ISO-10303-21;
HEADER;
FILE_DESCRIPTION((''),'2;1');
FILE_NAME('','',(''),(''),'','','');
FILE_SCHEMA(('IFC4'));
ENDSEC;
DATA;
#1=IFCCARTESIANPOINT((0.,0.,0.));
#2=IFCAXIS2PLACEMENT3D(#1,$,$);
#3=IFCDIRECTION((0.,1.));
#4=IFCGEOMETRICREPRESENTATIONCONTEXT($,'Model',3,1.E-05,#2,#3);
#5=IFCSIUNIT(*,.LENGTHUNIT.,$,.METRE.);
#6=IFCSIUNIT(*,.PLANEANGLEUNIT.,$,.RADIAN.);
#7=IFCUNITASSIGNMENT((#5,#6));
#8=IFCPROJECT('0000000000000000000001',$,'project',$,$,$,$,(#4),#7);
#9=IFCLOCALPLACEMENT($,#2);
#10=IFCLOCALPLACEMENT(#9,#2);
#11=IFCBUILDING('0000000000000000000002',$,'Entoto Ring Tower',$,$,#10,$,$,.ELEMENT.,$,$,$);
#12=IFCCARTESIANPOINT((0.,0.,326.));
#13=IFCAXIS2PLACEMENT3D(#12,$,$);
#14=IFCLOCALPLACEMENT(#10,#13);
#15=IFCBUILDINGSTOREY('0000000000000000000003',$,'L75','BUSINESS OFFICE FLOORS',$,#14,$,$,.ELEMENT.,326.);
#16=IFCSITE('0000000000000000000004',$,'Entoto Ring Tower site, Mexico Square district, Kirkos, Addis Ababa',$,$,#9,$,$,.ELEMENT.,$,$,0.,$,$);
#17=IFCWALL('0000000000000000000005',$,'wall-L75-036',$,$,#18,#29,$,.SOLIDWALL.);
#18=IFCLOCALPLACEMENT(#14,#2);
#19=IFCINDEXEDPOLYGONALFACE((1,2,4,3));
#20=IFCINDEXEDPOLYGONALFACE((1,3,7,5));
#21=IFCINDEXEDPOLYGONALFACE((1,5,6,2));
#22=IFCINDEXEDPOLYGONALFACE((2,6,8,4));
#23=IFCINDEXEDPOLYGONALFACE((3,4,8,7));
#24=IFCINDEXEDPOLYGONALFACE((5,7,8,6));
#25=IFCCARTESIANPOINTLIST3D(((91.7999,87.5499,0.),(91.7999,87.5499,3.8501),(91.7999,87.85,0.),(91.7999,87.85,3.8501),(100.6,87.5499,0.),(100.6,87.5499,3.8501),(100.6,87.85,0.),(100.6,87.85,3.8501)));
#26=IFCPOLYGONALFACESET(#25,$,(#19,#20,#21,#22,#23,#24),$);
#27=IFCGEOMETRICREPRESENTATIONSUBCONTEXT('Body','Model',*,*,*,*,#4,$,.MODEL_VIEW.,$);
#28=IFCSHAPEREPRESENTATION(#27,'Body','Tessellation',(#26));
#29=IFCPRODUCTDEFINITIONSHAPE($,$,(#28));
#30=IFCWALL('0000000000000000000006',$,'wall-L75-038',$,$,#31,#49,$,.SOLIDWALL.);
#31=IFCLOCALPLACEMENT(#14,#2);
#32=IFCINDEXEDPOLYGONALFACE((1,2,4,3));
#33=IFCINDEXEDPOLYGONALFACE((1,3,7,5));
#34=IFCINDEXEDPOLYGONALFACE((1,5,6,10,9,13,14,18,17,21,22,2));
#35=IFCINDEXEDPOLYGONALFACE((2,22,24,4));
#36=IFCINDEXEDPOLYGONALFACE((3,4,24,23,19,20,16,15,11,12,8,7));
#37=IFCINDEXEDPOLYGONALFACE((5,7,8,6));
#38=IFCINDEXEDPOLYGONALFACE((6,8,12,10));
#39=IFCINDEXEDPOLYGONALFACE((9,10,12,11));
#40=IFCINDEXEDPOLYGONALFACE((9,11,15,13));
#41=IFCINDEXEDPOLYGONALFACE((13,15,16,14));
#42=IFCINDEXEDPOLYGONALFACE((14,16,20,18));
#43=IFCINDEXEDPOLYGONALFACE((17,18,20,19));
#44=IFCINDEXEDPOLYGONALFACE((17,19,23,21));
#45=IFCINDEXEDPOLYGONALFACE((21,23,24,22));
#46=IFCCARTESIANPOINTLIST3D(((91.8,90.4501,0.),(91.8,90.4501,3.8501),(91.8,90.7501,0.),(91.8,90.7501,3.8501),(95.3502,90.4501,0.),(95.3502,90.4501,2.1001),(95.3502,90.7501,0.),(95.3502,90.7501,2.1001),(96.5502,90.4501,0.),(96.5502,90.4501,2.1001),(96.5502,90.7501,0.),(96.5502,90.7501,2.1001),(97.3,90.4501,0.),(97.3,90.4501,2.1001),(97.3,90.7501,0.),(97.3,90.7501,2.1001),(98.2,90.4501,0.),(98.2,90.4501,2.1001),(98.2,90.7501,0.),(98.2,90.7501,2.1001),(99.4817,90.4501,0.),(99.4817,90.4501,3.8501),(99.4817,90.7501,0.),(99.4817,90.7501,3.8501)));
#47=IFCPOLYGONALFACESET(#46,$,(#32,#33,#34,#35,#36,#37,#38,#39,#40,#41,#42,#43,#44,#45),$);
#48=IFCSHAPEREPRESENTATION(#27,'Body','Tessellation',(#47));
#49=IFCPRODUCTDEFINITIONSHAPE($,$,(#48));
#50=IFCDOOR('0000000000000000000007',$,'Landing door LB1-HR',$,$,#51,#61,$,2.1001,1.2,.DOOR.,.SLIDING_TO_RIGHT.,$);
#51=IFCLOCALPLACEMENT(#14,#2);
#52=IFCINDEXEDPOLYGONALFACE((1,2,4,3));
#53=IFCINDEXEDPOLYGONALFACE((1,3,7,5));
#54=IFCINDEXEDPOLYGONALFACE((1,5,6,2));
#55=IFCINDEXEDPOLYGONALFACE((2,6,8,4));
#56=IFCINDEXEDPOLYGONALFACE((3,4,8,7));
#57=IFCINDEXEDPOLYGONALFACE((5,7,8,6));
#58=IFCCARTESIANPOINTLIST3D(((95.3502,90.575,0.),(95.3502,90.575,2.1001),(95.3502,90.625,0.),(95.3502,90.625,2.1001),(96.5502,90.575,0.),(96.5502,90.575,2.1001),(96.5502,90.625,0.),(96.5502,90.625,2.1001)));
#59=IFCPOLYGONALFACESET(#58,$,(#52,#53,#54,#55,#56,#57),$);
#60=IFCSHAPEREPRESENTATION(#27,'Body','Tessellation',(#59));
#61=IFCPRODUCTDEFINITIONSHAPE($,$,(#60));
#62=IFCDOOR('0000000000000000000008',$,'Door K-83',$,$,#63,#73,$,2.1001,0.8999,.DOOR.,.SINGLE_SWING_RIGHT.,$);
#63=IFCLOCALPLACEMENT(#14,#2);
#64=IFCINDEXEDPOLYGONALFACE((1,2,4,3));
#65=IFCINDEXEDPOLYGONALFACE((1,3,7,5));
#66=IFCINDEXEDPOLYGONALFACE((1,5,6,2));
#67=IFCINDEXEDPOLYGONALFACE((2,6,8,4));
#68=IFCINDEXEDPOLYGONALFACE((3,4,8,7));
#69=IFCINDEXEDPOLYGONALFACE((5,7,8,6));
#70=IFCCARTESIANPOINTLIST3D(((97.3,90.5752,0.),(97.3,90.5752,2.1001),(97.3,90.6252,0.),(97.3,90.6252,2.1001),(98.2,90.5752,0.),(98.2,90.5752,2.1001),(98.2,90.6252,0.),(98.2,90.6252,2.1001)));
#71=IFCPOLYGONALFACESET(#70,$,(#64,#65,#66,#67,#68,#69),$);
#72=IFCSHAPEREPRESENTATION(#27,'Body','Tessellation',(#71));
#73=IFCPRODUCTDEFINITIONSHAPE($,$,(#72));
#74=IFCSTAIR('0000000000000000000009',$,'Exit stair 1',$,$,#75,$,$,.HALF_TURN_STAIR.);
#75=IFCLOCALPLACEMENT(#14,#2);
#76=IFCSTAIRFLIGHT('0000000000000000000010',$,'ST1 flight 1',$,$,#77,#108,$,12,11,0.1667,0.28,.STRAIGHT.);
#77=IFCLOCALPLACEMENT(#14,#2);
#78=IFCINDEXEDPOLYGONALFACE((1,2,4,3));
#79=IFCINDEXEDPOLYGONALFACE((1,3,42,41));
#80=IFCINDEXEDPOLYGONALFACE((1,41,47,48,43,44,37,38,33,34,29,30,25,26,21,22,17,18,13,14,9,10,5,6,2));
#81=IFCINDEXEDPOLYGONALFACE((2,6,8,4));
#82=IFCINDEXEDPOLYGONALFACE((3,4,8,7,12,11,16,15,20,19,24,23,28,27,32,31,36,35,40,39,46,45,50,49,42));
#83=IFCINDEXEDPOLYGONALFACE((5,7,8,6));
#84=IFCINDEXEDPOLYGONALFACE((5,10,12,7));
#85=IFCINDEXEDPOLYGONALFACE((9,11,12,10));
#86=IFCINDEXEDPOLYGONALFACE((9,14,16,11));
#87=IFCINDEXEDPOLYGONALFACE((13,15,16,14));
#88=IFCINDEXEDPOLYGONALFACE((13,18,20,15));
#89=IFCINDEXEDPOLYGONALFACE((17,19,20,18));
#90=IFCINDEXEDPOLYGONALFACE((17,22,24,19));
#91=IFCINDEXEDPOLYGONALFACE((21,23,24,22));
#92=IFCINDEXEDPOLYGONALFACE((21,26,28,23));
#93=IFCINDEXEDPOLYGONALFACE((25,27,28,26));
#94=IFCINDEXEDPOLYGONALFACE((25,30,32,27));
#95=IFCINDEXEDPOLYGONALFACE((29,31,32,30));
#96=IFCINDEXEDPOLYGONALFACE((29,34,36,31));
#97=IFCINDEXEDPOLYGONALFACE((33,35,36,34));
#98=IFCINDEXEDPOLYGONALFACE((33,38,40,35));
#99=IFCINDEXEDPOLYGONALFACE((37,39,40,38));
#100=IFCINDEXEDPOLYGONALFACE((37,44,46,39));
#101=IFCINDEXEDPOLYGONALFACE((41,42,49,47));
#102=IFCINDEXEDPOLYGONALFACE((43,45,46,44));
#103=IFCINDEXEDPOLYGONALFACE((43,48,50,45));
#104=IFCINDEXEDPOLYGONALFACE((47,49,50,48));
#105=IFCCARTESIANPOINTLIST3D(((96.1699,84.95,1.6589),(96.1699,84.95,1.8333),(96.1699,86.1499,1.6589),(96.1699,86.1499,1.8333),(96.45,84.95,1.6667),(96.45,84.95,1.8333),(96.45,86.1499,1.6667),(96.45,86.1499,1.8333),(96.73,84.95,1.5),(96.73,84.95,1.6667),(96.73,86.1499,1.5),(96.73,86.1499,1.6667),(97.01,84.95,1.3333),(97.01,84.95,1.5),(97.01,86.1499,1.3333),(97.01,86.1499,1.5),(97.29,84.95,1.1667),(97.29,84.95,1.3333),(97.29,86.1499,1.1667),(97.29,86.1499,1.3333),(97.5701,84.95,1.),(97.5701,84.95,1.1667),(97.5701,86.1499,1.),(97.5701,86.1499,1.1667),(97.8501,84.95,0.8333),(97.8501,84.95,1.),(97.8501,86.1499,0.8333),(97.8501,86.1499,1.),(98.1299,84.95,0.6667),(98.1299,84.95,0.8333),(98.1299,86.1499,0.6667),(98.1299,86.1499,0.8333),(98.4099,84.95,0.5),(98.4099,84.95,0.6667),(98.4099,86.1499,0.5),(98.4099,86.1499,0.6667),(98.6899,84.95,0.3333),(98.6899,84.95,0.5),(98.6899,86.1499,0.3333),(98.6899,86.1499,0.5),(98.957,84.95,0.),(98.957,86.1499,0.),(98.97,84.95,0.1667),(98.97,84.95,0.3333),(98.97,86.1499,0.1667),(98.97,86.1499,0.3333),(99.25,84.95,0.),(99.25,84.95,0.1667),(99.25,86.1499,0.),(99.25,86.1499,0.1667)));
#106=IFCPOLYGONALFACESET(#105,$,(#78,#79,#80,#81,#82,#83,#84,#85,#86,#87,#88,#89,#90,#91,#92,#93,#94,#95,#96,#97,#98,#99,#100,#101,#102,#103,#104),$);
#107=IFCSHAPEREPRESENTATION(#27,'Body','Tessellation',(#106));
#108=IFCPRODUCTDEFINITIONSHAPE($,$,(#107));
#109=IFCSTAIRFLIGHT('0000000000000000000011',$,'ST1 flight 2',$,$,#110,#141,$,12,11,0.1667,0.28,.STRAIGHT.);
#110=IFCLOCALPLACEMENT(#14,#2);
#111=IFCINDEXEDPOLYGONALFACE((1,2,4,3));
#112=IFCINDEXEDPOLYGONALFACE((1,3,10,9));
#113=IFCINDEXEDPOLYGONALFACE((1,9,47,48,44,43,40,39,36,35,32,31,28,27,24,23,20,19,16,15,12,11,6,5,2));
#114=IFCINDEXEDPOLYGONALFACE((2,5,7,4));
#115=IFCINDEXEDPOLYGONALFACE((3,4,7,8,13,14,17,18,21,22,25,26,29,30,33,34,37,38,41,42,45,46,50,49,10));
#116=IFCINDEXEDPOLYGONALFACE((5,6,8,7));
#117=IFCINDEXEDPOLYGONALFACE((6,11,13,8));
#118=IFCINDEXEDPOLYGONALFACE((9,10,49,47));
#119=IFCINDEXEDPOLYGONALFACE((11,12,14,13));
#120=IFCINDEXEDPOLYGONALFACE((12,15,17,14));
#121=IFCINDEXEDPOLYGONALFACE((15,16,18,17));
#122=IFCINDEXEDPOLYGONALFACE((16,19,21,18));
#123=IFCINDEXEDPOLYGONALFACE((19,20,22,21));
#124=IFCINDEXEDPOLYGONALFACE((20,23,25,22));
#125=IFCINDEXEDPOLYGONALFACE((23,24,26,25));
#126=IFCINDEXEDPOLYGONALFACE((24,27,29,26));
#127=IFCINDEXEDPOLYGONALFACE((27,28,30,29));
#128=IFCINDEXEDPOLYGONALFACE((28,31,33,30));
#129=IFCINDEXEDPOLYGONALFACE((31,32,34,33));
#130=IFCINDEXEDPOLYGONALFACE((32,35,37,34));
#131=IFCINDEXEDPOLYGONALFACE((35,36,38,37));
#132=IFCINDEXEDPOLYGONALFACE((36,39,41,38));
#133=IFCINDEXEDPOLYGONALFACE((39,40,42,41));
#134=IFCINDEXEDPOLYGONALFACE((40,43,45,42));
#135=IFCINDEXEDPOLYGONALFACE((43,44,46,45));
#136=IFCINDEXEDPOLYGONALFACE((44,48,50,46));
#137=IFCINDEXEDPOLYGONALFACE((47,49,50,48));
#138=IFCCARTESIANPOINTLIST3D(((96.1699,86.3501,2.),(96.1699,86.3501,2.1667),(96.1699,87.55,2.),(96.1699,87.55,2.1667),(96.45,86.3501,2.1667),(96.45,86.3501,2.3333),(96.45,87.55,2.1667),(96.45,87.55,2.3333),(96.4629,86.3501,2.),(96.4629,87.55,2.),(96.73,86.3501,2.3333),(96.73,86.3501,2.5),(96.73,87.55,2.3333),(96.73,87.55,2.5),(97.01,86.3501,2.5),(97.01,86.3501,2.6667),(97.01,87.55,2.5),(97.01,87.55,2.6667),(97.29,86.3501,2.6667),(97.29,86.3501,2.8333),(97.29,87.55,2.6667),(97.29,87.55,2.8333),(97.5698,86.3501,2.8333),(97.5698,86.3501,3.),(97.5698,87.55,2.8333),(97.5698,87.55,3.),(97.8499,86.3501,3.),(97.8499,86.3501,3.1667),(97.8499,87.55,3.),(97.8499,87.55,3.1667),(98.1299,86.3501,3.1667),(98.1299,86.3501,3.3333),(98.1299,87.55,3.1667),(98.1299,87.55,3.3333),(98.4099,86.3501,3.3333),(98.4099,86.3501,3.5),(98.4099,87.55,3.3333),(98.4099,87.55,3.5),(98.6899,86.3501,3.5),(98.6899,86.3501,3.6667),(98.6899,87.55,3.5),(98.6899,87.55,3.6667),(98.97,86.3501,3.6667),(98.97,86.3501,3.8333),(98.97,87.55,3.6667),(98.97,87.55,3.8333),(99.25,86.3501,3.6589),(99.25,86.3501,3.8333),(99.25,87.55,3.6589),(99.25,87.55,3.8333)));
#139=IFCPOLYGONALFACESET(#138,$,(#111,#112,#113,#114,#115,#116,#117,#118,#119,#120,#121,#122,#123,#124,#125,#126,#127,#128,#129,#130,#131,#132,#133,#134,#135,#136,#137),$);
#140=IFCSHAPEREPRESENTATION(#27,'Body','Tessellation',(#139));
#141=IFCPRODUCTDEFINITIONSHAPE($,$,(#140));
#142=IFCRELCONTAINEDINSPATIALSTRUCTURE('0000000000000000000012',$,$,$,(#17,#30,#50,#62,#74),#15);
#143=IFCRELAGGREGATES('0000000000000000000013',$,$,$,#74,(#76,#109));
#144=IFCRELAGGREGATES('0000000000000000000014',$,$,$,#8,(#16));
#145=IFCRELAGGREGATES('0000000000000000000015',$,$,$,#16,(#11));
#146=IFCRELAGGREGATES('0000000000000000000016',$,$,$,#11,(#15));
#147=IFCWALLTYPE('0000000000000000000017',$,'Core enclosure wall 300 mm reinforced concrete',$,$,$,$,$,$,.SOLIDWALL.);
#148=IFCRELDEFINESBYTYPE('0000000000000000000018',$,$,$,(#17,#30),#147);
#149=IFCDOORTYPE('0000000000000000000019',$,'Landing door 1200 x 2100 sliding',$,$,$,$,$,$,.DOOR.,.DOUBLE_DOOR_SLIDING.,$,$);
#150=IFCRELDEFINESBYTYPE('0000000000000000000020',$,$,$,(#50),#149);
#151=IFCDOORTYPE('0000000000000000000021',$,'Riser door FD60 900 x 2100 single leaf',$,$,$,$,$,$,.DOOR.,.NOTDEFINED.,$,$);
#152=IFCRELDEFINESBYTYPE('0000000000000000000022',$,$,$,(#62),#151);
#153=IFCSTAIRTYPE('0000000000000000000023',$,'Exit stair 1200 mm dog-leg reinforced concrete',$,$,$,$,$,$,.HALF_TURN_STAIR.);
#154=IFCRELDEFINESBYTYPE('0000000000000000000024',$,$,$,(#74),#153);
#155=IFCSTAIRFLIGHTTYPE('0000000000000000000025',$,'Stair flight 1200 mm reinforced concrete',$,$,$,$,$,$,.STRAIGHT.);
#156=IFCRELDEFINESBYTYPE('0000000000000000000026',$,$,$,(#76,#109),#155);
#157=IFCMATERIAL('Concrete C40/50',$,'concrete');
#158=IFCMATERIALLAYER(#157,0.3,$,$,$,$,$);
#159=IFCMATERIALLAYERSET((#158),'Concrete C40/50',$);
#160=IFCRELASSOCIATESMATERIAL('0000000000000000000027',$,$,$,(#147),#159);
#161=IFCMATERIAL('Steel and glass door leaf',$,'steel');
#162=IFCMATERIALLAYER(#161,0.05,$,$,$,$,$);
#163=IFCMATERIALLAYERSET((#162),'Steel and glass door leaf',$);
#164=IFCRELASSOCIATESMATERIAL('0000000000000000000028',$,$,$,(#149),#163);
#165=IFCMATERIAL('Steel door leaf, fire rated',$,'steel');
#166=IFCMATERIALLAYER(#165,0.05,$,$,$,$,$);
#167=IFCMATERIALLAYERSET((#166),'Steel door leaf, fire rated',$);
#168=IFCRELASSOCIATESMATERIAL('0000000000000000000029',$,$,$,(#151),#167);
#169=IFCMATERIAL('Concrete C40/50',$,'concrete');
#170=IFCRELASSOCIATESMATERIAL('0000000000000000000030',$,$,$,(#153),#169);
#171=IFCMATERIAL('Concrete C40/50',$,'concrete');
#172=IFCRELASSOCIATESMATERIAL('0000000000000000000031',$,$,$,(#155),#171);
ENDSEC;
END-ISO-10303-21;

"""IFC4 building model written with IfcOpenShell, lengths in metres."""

from ifc_helpers import new_model, si_unit, direction, frame, frame_2d, origin, place, context, subcontext, project, spatial, polyline, rectangle, outline, extrude, material, layer, layer_set, type_object, element, fill, aggregate, save


model = new_model("IFC4")

# Units and contexts
model_context = context("Model", 3, precision=1e-05, world=origin(), true_north=direction((0.0, 1.0)))
body_context = subcontext(model_context, "Body", "Model", "MODEL_VIEW")
ifc_project = project(units=[si_unit("LENGTHUNIT", "METRE"), si_unit("PLANEANGLEUNIT", "RADIAN")], contexts=[model_context])

# Site, building, storey
site_placement = place(None, origin())
site = spatial("IfcSite", under=ifc_project, at=site_placement, Name="Entoto Ring Tower site, Mexico Square district, Kirkos, Addis Ababa", CompositionType="ELEMENT", RefElevation=0.0)
building_placement = place(site_placement, origin())
building = spatial("IfcBuilding", under=site, at=building_placement, Name="Entoto Ring Tower", CompositionType="ELEMENT")
storey_placement = place(building_placement, frame((0.0, 0.0, 326.0)))
storey = spatial("IfcBuildingStorey", under=building, at=storey_placement, Name="L75", Description="BUSINESS OFFICE FLOORS", CompositionType="ELEMENT", Elevation=326.0)

# Shared definitions
ifc_material_1 = material(Name="Concrete C40/50", Category="concrete")
ifc_layer_1 = layer(ifc_material_1, 0.3)
ifc_layer_set_1 = layer_set([ifc_layer_1], Name="Concrete C40/50")
wall_type = type_object("IfcWallType", Name="Core enclosure wall 300 mm reinforced concrete", PredefinedType="SOLIDWALL", material=ifc_layer_set_1)

# Shared definitions
ifc_material_2 = material(Name="Steel and glass door leaf", Category="steel")
ifc_layer_2 = layer(ifc_material_2, 0.05)
ifc_layer_set_2 = layer_set([ifc_layer_2], Name="Steel and glass door leaf")
door_type_1 = type_object("IfcDoorType", Name="Landing door 1200 x 2100 sliding", OperationType="DOUBLE_DOOR_SLIDING", PredefinedType="DOOR", material=ifc_layer_set_2)

# Wall
wall_1_placement = place(storey_placement, frame((91.8, 87.7, 0.0), z_axis=(0.0, 0.0, 1.0), x_axis=(1.0, 0.0, 0.0)))
element("IfcWall", 1, at=wall_1_placement, inside=storey, type_object=wall_type, Name="wall-L75-036", PredefinedType="SOLIDWALL", context=body_context, shape_type="SweptSolid", body=[
    extrude(rectangle(XDim=8.8, YDim=0.3, at=frame_2d((4.3999, 0.0))), origin(), (0.0, 0.0, 1.0), 3.8501),
])

# Wall, openings, doors
wall_2_placement = place(storey_placement, frame((91.8, 90.6001, 0.0), z_axis=(0.0, 0.0, 1.0), x_axis=(1.0, 0.0, 0.0)))
wall_2 = element("IfcWall", 2, at=wall_2_placement, inside=storey, type_object=wall_type, Name="wall-L75-038", PredefinedType="SOLIDWALL", context=body_context, shape_type="SweptSolid", body=[
    extrude(rectangle(XDim=7.6816, YDim=0.3, at=frame_2d((3.8408, 0.0))), origin(), (0.0, 0.0, 1.0), 3.8501),
])
opening_1_placement = place(wall_2_placement, frame((3.55, 0.0, 0.0)))
opening_1 = element("IfcOpeningElement", 3, at=opening_1_placement, cuts=wall_2, PredefinedType="OPENING", context=body_context, shape_type="SweptSolid", body=[
    extrude(rectangle(XDim=1.2, YDim=2.1001, at=frame_2d((0.6001, 1.05))), frame((0.0, 0.1602, 0.0), z_axis=(0.0, -1.0, 0.0), x_axis=(1.0, 0.0, 0.0)), (0.0, 0.0, 1.0), 0.3201),
])
opening_2_placement = place(wall_2_placement, frame((5.5, 0.0, 0.0)))
opening_2 = element("IfcOpeningElement", 4, at=opening_2_placement, cuts=wall_2, PredefinedType="OPENING", context=body_context, shape_type="SweptSolid", body=[
    extrude(rectangle(XDim=0.8999, YDim=2.1001, at=frame_2d((0.45, 1.05))), frame((0.0, 0.1602, 0.0), z_axis=(0.0, -1.0, 0.0), x_axis=(1.0, 0.0, 0.0)), (0.0, 0.0, 1.0), 0.3201),
])
door_1_placement = place(opening_1_placement, origin())
door_1 = element("IfcDoor", 5, at=door_1_placement, inside=storey, type_object=door_type_1, Name="Landing door LB1-HR", OperationType="SLIDING_TO_RIGHT", OverallHeight=2.1001, OverallWidth=1.2, PredefinedType="DOOR", context=body_context, shape_type="SweptSolid", body=[
    extrude(rectangle(XDim=1.2, YDim=2.1001, at=frame_2d((0.6001, 1.05))), frame((0.0, 0.0249, 0.0), z_axis=(0.0, -1.0, 0.0), x_axis=(1.0, 0.0, 0.0)), (0.0, 0.0, 1.0), 0.05),
])
fill(opening_1, door_1)
ifc_material_3 = material(Name="Steel door leaf, fire rated", Category="steel")
ifc_layer_3 = layer(ifc_material_3, 0.05)
ifc_layer_set_3 = layer_set([ifc_layer_3], Name="Steel door leaf, fire rated")
door_type_2 = type_object("IfcDoorType", Name="Riser door FD60 900 x 2100 single leaf", OperationType="NOTDEFINED", PredefinedType="DOOR", material=ifc_layer_set_3)
door_2_placement = place(opening_2_placement, frame((0.8999, 0.0, 0.0), z_axis=(0.0, 0.0, 1.0), x_axis=(-1.0, 0.0, 0.0)))
door_2 = element("IfcDoor", 6, at=door_2_placement, inside=storey, type_object=door_type_2, Name="Door K-83", OperationType="SINGLE_SWING_RIGHT", OverallHeight=2.1001, OverallWidth=0.8999, PredefinedType="DOOR", context=body_context, shape_type="SweptSolid", body=[
    extrude(rectangle(XDim=0.8999, YDim=2.1001, at=frame_2d((0.45, 1.05))), frame((0.0, 0.0249, 0.0), z_axis=(0.0, -1.0, 0.0), x_axis=(1.0, 0.0, 0.0)), (0.0, 0.0, 1.0), 0.05),
])
fill(opening_2, door_2)

# Stair, stair flights
ifc_material_4 = material(Name="Concrete C40/50", Category="concrete")
stair_type = type_object("IfcStairType", Name="Exit stair 1200 mm dog-leg reinforced concrete", PredefinedType="HALF_TURN_STAIR", material=ifc_material_4)
stair_placement = place(storey_placement, origin())
stair = element("IfcStair", 7, at=stair_placement, inside=storey, type_object=stair_type, Name="Exit stair 1", PredefinedType="HALF_TURN_STAIR")
ifc_material_5 = material(Name="Concrete C40/50", Category="concrete")
stair_flight_type = type_object("IfcStairFlightType", Name="Stair flight 1200 mm reinforced concrete", PredefinedType="STRAIGHT", material=ifc_material_5)
stair_flight_1_placement = place(storey_placement, frame((99.25, 85.55, 0.0), z_axis=(0.0, 0.0, 1.0), x_axis=(-1.0, 0.0, 0.0)))
stair_flight_1 = element("IfcStairFlight", 8, at=stair_flight_1_placement, type_object=stair_flight_type, Name="ST1 flight 1", NumberOfRisers=12, NumberOfTreads=11, PredefinedType="STRAIGHT", RiserHeight=0.1667, TreadLength=0.28, context=body_context, shape_type="SweptSolid", body=[
    extrude(outline(polyline([(0.0, 0.0), (0.0, 0.1667), (0.28, 0.1667), (0.28, 0.3333), (0.5601, 0.3333), (0.5601, 0.5), (0.8401, 0.5), (0.8401, 0.6667), (1.1201, 0.6667), (1.1201, 0.8333), (1.3999, 0.8333), (1.3999, 1.0), (1.6799, 1.0), (1.6799, 1.1667), (1.96, 1.1667), (1.96, 1.3333), (2.24, 1.3333), (2.24, 1.5), (2.52, 1.5), (2.52, 1.6667), (2.8, 1.6667), (2.8, 1.8333), (3.0801, 1.8333), (3.0801, 2.0), (3.0801, 1.6589), (0.293, 0.0), (0.0, 0.0)])), frame((0.0, 0.6001, 0.0), z_axis=(0.0, -1.0, 0.0), x_axis=(1.0, 0.0, 0.0)), (0.0, 0.0, 1.0), 1.2),
])
stair_flight_2_placement = place(storey_placement, frame((96.1699, 86.95, 2.0), z_axis=(0.0, 0.0, 1.0), x_axis=(1.0, 0.0, 0.0)))
stair_flight_2 = element("IfcStairFlight", 9, at=stair_flight_2_placement, type_object=stair_flight_type, Name="ST1 flight 2", NumberOfRisers=12, NumberOfTreads=11, PredefinedType="STRAIGHT", RiserHeight=0.1667, TreadLength=0.28, context=body_context, shape_type="SweptSolid", body=[
    extrude(outline(polyline([(0.0, 0.0), (0.0, 0.1667), (0.28, 0.1667), (0.28, 0.3333), (0.5601, 0.3333), (0.5601, 0.5), (0.8401, 0.5), (0.8401, 0.6667), (1.1201, 0.6667), (1.1201, 0.8333), (1.3999, 0.8333), (1.3999, 1.0), (1.6799, 1.0), (1.6799, 1.1667), (1.96, 1.1667), (1.96, 1.3333), (2.24, 1.3333), (2.24, 1.5), (2.52, 1.5), (2.52, 1.6667), (2.8, 1.6667), (2.8, 1.8333), (3.0801, 1.8333), (3.0801, 2.0), (3.0801, 1.6589), (0.293, 0.0), (0.0, 0.0)])), frame((0.0, 0.6001, 0.0), z_axis=(0.0, -1.0, 0.0), x_axis=(1.0, 0.0, 0.0)), (0.0, 0.0, 1.0), 1.2),
])
aggregate(stair, [stair_flight_1, stair_flight_2])

save(model, "model.ifc")
